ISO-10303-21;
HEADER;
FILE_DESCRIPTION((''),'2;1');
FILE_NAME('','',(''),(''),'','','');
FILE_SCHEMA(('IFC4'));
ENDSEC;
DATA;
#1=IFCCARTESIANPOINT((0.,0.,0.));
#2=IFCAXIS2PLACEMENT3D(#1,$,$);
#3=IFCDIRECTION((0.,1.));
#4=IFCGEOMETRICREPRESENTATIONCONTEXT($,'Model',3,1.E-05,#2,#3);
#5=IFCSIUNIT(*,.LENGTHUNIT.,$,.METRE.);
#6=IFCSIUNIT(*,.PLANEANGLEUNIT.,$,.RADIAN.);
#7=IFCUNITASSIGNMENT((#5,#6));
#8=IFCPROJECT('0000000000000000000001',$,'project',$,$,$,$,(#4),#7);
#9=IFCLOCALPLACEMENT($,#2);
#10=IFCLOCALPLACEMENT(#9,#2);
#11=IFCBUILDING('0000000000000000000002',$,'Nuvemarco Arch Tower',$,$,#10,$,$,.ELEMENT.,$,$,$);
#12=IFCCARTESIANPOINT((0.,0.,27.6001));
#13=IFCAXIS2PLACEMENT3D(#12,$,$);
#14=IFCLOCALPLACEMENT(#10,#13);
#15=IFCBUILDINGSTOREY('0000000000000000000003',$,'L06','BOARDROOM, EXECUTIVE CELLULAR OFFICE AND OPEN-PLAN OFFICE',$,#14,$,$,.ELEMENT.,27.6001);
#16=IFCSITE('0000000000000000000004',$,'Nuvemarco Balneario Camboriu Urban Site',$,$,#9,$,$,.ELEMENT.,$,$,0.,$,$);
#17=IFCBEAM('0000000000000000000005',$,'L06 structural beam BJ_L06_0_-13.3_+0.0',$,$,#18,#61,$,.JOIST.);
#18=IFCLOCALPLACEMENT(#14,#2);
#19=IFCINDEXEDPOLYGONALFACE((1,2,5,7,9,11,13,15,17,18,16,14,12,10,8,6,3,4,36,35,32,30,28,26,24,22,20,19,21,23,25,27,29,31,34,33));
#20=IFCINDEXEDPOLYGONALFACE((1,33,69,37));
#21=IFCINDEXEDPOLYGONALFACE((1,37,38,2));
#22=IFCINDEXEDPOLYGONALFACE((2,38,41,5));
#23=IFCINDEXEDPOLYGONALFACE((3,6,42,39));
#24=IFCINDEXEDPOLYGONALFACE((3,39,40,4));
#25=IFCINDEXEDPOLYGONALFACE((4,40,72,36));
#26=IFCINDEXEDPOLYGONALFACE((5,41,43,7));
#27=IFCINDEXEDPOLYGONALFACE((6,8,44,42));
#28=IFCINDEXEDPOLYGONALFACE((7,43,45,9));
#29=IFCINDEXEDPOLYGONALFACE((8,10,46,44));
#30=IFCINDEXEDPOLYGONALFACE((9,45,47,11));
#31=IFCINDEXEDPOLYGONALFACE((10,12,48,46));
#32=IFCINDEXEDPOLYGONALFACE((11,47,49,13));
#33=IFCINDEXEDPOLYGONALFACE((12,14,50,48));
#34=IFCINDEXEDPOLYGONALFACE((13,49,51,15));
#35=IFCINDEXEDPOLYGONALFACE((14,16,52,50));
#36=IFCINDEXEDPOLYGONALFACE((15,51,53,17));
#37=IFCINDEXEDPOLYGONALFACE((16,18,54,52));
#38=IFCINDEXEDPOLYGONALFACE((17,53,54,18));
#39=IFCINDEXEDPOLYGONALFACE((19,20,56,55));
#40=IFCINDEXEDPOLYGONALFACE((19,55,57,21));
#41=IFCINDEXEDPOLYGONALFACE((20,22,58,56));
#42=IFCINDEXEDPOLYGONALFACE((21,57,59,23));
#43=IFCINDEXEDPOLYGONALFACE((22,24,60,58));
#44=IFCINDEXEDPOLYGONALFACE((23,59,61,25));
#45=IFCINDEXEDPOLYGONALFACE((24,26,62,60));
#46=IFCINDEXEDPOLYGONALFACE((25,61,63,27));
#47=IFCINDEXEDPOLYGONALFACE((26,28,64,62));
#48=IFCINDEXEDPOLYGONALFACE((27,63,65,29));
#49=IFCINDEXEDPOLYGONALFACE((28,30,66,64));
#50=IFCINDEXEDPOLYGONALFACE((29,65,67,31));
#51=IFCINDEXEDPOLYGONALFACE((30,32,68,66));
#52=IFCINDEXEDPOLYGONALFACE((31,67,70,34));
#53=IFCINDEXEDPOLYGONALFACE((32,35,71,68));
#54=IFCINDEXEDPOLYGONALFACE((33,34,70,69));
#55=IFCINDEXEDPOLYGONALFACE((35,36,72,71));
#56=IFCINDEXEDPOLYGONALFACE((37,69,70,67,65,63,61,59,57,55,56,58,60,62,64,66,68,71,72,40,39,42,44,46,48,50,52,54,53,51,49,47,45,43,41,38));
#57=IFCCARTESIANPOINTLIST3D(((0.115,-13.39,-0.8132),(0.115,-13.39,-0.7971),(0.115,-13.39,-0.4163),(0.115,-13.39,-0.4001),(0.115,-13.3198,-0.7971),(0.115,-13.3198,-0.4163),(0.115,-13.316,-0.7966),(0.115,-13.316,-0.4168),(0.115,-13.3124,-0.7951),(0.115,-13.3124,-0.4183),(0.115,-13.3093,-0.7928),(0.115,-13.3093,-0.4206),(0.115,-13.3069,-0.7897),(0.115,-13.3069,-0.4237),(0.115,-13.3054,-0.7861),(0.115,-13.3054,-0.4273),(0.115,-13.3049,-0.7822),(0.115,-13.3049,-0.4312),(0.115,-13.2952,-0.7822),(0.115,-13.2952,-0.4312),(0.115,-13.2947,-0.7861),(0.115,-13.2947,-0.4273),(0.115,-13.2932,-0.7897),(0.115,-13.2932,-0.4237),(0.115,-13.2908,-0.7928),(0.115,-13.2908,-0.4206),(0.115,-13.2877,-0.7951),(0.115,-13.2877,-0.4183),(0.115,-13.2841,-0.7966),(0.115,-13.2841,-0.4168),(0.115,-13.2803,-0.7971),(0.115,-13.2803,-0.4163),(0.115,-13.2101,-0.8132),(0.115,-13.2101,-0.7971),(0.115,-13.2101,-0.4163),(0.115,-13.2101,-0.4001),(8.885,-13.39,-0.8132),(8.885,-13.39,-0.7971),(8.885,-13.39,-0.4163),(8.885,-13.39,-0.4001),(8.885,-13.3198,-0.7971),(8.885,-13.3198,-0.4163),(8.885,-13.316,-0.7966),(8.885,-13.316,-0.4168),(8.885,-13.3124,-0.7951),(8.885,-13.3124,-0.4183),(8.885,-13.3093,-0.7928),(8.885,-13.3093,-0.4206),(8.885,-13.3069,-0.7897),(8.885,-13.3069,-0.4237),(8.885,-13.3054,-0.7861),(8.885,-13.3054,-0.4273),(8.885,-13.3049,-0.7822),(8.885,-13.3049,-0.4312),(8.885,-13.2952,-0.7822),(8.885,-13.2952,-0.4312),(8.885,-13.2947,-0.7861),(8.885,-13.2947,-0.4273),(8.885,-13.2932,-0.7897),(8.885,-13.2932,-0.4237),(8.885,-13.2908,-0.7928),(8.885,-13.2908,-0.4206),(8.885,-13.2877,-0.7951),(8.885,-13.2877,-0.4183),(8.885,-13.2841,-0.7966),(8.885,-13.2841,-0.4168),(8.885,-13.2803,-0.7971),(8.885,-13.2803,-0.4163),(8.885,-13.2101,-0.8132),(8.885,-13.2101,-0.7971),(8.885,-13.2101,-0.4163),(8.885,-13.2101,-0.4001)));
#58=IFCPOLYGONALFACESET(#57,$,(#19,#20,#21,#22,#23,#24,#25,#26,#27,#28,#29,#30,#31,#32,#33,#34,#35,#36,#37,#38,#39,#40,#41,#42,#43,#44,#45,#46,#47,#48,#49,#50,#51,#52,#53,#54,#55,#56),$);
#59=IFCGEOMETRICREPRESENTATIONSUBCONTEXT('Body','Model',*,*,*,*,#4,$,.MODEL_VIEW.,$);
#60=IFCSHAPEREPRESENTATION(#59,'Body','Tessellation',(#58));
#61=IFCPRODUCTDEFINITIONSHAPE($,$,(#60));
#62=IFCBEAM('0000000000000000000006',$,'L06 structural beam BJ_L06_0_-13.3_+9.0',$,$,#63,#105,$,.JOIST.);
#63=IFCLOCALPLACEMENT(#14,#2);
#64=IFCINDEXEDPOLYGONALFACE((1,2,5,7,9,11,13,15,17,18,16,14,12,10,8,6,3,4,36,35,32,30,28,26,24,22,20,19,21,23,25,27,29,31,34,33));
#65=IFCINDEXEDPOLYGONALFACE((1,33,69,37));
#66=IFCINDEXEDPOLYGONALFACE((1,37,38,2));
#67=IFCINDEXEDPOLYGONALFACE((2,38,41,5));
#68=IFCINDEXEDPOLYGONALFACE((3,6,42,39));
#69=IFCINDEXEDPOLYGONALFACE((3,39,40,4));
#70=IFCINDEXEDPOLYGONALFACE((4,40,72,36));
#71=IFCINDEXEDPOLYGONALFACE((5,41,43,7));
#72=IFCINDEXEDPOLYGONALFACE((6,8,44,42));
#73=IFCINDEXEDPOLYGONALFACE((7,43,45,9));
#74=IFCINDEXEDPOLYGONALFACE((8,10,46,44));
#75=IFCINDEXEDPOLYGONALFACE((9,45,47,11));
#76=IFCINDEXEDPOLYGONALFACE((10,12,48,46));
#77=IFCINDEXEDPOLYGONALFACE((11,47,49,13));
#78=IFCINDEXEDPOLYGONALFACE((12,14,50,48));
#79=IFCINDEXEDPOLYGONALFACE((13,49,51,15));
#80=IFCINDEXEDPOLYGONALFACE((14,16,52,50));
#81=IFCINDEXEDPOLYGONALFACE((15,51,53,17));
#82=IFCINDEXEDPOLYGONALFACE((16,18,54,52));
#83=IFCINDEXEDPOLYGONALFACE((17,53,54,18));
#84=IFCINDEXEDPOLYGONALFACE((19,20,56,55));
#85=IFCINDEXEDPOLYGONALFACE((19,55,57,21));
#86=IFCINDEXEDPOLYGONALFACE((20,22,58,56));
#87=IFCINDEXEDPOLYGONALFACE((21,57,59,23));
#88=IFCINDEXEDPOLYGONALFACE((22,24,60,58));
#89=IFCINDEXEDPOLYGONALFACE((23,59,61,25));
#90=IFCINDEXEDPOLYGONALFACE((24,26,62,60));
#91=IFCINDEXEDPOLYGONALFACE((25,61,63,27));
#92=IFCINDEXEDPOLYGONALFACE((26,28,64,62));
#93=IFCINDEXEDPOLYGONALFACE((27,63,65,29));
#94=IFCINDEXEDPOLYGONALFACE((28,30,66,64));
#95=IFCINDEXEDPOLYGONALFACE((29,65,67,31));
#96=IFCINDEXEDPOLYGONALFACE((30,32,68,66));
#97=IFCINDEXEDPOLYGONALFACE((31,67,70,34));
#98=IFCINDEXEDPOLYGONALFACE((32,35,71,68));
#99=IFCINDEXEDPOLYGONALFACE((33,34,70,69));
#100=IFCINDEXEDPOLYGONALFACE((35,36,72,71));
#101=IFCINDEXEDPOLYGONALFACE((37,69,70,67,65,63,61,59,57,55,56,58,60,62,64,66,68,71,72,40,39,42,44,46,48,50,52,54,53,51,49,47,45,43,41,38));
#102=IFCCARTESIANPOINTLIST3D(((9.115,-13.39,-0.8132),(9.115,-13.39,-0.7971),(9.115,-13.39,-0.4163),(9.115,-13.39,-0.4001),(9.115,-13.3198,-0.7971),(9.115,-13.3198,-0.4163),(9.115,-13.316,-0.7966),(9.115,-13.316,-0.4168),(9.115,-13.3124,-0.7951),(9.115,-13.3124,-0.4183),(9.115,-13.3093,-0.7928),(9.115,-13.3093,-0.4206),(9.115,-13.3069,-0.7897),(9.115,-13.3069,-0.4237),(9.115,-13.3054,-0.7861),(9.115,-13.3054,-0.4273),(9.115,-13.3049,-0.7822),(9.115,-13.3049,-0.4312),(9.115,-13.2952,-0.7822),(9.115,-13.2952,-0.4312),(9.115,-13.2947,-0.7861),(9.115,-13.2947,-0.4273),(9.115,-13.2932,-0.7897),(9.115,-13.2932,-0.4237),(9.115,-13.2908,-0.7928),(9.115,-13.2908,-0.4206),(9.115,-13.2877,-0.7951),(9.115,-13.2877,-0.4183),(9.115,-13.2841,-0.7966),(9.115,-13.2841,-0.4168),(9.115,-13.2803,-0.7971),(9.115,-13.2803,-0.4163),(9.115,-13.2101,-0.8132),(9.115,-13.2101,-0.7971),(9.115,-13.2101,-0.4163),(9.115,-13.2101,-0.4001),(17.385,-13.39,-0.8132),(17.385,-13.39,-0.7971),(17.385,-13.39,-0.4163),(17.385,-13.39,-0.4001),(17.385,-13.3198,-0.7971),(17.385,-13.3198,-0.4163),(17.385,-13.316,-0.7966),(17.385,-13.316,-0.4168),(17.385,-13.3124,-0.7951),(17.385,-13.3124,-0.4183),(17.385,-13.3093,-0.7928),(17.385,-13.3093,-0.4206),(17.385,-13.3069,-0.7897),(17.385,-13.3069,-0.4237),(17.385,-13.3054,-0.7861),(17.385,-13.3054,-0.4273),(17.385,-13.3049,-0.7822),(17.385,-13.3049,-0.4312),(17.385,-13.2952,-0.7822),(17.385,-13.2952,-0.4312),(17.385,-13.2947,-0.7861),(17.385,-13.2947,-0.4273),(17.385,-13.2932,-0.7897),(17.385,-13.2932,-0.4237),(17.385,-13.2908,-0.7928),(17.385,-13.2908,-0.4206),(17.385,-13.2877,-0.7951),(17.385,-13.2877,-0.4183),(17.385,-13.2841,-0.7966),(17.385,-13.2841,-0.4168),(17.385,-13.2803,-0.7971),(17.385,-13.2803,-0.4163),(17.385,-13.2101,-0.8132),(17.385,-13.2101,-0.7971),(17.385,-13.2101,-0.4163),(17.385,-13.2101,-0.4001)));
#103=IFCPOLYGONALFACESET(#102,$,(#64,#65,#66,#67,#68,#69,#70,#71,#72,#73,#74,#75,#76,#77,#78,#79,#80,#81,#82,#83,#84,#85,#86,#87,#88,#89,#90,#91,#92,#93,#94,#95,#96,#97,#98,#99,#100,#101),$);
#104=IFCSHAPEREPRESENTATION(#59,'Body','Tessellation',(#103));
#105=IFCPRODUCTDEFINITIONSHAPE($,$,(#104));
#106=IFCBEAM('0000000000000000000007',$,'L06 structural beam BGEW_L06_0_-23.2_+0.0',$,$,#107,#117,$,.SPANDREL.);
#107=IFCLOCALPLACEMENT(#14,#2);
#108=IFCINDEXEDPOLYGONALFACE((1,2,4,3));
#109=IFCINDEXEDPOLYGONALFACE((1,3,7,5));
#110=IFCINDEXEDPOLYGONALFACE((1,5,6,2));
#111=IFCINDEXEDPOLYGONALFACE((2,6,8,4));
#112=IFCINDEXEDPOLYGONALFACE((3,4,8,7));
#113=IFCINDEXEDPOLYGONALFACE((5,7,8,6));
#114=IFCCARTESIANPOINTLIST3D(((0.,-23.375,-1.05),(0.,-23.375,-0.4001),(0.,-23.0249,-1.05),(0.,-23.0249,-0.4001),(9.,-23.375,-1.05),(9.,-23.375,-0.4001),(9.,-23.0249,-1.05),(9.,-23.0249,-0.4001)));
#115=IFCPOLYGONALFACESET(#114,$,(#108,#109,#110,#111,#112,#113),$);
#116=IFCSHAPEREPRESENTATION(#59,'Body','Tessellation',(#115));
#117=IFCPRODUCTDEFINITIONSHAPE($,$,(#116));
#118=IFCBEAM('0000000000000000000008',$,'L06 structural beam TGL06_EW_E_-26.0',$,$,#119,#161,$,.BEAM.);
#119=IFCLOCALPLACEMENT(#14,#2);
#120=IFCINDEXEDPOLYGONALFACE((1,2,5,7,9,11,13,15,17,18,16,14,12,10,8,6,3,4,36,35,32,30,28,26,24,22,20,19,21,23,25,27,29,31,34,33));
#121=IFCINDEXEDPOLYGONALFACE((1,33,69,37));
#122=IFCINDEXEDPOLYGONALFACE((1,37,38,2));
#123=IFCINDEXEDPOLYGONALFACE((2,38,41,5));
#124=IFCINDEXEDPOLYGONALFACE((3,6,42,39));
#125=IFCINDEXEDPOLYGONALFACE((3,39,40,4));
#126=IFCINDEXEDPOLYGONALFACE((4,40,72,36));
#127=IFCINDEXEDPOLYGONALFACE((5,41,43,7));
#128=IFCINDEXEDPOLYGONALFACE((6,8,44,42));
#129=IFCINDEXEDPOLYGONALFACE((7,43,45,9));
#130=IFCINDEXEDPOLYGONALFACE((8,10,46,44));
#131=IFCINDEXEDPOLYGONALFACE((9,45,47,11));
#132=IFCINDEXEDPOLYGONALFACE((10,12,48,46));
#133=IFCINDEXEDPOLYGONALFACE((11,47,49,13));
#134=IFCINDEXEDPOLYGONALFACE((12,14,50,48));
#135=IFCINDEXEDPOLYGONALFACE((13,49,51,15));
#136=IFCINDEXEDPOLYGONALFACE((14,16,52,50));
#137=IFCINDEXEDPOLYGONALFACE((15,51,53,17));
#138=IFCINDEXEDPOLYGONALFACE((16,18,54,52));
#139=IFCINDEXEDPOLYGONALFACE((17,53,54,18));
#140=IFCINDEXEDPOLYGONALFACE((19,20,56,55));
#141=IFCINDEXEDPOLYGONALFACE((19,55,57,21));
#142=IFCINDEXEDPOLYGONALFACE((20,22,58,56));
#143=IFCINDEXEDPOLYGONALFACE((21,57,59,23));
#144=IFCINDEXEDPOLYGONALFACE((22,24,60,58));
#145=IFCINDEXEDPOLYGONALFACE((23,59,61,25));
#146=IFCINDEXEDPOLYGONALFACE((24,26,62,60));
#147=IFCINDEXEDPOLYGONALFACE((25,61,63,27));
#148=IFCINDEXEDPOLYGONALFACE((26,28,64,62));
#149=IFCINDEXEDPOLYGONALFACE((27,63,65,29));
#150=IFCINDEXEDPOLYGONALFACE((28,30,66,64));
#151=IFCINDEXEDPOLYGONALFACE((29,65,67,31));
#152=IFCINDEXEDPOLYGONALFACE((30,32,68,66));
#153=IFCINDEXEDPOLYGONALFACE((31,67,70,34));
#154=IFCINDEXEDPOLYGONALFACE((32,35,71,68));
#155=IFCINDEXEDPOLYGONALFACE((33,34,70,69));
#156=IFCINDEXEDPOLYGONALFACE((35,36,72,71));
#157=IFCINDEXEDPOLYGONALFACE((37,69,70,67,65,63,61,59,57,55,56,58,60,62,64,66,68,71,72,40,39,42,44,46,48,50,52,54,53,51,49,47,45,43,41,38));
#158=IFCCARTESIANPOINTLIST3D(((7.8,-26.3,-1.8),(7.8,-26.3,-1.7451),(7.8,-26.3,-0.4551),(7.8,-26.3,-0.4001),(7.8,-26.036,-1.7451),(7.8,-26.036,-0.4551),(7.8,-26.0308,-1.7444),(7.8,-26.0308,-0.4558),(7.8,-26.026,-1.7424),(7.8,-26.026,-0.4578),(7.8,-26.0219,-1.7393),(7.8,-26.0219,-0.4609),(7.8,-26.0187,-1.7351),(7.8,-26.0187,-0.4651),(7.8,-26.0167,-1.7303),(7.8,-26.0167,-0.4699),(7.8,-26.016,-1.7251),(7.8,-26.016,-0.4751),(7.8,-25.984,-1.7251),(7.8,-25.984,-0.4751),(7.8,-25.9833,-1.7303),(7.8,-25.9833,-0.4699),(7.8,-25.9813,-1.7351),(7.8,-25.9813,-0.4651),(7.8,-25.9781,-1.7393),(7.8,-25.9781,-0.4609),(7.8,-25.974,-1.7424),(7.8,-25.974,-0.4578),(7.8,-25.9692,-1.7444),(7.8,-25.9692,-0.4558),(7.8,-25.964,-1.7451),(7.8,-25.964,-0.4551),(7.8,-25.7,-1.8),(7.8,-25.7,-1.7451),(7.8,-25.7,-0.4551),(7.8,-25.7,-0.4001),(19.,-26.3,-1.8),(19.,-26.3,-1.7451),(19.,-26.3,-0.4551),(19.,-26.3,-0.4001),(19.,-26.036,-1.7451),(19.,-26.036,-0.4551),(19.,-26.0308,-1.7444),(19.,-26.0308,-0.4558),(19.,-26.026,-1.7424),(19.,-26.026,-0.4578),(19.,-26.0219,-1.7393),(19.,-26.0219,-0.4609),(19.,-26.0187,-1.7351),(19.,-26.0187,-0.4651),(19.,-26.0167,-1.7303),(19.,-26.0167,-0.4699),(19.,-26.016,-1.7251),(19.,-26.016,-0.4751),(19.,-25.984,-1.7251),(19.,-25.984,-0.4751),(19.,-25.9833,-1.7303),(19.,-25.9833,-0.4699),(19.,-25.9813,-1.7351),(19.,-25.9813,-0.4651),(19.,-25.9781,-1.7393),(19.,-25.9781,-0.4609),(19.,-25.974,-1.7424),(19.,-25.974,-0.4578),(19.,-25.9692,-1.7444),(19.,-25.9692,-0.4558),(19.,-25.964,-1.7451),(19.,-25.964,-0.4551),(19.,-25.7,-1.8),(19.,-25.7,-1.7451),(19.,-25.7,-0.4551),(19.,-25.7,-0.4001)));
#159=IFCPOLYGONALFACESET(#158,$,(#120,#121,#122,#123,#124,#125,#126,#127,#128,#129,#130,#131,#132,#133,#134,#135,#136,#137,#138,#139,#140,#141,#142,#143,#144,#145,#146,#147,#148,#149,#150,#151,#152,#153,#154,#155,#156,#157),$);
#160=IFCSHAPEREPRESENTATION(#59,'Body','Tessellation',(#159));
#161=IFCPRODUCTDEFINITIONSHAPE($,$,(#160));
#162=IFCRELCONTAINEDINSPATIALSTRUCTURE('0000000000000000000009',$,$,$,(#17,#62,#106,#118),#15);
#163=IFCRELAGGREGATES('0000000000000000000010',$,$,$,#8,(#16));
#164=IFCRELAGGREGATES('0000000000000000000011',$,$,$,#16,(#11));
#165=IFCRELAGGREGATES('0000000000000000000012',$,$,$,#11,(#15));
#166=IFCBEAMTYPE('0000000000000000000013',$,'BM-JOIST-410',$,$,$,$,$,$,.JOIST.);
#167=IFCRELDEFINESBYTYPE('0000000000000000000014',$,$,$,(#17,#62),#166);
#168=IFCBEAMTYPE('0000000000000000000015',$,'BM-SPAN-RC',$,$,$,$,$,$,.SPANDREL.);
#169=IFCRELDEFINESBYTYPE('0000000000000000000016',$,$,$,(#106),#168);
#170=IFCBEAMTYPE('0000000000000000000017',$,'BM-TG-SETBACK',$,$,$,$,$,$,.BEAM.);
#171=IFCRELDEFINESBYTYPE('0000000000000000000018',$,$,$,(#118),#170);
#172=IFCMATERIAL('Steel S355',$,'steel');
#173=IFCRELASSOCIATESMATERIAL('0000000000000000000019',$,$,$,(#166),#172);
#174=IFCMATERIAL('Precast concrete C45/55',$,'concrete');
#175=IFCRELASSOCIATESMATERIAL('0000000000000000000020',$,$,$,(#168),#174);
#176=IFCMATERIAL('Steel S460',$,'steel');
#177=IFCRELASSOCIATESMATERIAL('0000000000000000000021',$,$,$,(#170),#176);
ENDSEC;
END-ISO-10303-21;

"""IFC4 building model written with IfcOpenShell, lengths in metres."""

from ifc_helpers import new_model, si_unit, direction, frame, origin, origin_2d, place, context, subcontext, project, spatial, rectangle, i_section, extrude, material, material_profile, profile_set, type_object, element, save


model = new_model("IFC4")

# Units and contexts
model_context = context("Model", 3, precision=1e-05, world=origin(), true_north=direction((0.0, 1.0)))
body_context = subcontext(model_context, "Body", "Model", "MODEL_VIEW")
ifc_project = project(units=[si_unit("LENGTHUNIT", "METRE"), si_unit("PLANEANGLEUNIT", "RADIAN")], contexts=[model_context])

# Site, building, storey
site_placement = place(None, origin())
site = spatial("IfcSite", under=ifc_project, at=site_placement, Name="Nuvemarco Balneario Camboriu Urban Site", CompositionType="ELEMENT", RefElevation=0.0)
building_placement = place(site_placement, origin())
building = spatial("IfcBuilding", under=site, at=building_placement, Name="Nuvemarco Arch Tower", CompositionType="ELEMENT")
storey_placement = place(building_placement, frame((0.0, 0.0, 27.6001)))
storey = spatial("IfcBuildingStorey", under=building, at=storey_placement, Name="L06", Description="BOARDROOM, EXECUTIVE CELLULAR OFFICE AND OPEN-PLAN OFFICE", CompositionType="ELEMENT", Elevation=27.6001)

# Shared definitions
ifc_material_1 = material(Name="Steel S460", Category="steel")
ifc_material_2 = material(Name="Steel S355", Category="steel")

# Beams
ifc_material_profile_1 = material_profile(ifc_material_2, i_section(OverallWidth=0.1799, OverallDepth=0.4131, WebThickness=0.0098, FlangeThickness=0.0161, FilletRadius=0.0149, at=origin_2d()), Name="W410x75")
ifc_profile_set_1 = profile_set([ifc_material_profile_1], Name="Steel S355")
beam_type_1 = type_object("IfcBeamType", Name="BM-JOIST-410", PredefinedType="JOIST", material=ifc_profile_set_1)
beam_1_placement = place(storey_placement, frame((0.115, -13.3, -0.6067), z_axis=(1.0, 0.0, 0.0), x_axis=(0.0, 1.0, 0.0)))
element("IfcBeam", 1, at=beam_1_placement, inside=storey, type_object=beam_type_1, Name="L06 structural beam BJ_L06_0_-13.3_+0.0", PredefinedType="JOIST", context=body_context, shape_type="SweptSolid", body=[
    extrude(i_section(OverallWidth=0.1799, OverallDepth=0.4131, WebThickness=0.0098, FlangeThickness=0.0161, FilletRadius=0.0149, at=origin_2d()), origin(), (0.0, 0.0, 1.0), 8.77),
])
beam_2_placement = place(storey_placement, frame((9.115, -13.3, -0.6067), z_axis=(1.0, 0.0, 0.0), x_axis=(0.0, 1.0, 0.0)))
element("IfcBeam", 2, at=beam_2_placement, inside=storey, type_object=beam_type_1, Name="L06 structural beam BJ_L06_0_-13.3_+9.0", PredefinedType="JOIST", context=body_context, shape_type="SweptSolid", body=[
    extrude(i_section(OverallWidth=0.1799, OverallDepth=0.4131, WebThickness=0.0098, FlangeThickness=0.0161, FilletRadius=0.0149, at=origin_2d()), origin(), (0.0, 0.0, 1.0), 8.27),
])
ifc_material_3 = material(Name="Precast concrete C45/55", Category="concrete")
ifc_material_profile_2 = material_profile(ifc_material_3, rectangle(XDim=0.3501, YDim=0.6499, at=origin_2d()), Name="PC-SP-350x650")
ifc_profile_set_2 = profile_set([ifc_material_profile_2], Name="Precast concrete C45/55")
beam_type_2 = type_object("IfcBeamType", Name="BM-SPAN-RC", PredefinedType="SPANDREL", material=ifc_profile_set_2)
beam_3_placement = place(storey_placement, frame((0.0, -23.2, -0.7251), z_axis=(1.0, 0.0, 0.0), x_axis=(0.0, 1.0, 0.0)))
element("IfcBeam", 3, at=beam_3_placement, inside=storey, type_object=beam_type_2, Name="L06 structural beam BGEW_L06_0_-23.2_+0.0", PredefinedType="SPANDREL", context=body_context, shape_type="SweptSolid", body=[
    extrude(rectangle(XDim=0.3501, YDim=0.6499, at=origin_2d()), origin(), (0.0, 0.0, 1.0), 9.0),
])
ifc_material_profile_3 = material_profile(ifc_material_1, i_section(OverallWidth=0.6001, OverallDepth=1.3999, WebThickness=0.032, FlangeThickness=0.0549, FilletRadius=0.02, at=origin_2d()), Name="PG1400x600")
ifc_profile_set_3 = profile_set([ifc_material_profile_3], Name="Steel S460")
beam_type_3 = type_object("IfcBeamType", Name="BM-TG-SETBACK", PredefinedType="BEAM", material=ifc_profile_set_3)
for number, where, z_axis, x_axis, name in (
    (4, (7.8, -26.0, -1.1001), (1.0, 0.0, 0.0), (0.0, 1.0, 0.0), "L06 structural beam TGL06_EW_E_-26.0"),
):
    element("IfcBeam", number, at=place(storey_placement, frame(where, z_axis=z_axis, x_axis=x_axis)), inside=storey, type_object=beam_type_3, Name=name, PredefinedType="BEAM", context=body_context, shape_type="SweptSolid", body=[
        extrude(i_section(OverallWidth=0.6001, OverallDepth=1.3999, WebThickness=0.032, FlangeThickness=0.0549, FilletRadius=0.02, at=origin_2d()), origin(), (0.0, 0.0, 1.0), 11.2),
    ])

save(model, "model.ifc")
